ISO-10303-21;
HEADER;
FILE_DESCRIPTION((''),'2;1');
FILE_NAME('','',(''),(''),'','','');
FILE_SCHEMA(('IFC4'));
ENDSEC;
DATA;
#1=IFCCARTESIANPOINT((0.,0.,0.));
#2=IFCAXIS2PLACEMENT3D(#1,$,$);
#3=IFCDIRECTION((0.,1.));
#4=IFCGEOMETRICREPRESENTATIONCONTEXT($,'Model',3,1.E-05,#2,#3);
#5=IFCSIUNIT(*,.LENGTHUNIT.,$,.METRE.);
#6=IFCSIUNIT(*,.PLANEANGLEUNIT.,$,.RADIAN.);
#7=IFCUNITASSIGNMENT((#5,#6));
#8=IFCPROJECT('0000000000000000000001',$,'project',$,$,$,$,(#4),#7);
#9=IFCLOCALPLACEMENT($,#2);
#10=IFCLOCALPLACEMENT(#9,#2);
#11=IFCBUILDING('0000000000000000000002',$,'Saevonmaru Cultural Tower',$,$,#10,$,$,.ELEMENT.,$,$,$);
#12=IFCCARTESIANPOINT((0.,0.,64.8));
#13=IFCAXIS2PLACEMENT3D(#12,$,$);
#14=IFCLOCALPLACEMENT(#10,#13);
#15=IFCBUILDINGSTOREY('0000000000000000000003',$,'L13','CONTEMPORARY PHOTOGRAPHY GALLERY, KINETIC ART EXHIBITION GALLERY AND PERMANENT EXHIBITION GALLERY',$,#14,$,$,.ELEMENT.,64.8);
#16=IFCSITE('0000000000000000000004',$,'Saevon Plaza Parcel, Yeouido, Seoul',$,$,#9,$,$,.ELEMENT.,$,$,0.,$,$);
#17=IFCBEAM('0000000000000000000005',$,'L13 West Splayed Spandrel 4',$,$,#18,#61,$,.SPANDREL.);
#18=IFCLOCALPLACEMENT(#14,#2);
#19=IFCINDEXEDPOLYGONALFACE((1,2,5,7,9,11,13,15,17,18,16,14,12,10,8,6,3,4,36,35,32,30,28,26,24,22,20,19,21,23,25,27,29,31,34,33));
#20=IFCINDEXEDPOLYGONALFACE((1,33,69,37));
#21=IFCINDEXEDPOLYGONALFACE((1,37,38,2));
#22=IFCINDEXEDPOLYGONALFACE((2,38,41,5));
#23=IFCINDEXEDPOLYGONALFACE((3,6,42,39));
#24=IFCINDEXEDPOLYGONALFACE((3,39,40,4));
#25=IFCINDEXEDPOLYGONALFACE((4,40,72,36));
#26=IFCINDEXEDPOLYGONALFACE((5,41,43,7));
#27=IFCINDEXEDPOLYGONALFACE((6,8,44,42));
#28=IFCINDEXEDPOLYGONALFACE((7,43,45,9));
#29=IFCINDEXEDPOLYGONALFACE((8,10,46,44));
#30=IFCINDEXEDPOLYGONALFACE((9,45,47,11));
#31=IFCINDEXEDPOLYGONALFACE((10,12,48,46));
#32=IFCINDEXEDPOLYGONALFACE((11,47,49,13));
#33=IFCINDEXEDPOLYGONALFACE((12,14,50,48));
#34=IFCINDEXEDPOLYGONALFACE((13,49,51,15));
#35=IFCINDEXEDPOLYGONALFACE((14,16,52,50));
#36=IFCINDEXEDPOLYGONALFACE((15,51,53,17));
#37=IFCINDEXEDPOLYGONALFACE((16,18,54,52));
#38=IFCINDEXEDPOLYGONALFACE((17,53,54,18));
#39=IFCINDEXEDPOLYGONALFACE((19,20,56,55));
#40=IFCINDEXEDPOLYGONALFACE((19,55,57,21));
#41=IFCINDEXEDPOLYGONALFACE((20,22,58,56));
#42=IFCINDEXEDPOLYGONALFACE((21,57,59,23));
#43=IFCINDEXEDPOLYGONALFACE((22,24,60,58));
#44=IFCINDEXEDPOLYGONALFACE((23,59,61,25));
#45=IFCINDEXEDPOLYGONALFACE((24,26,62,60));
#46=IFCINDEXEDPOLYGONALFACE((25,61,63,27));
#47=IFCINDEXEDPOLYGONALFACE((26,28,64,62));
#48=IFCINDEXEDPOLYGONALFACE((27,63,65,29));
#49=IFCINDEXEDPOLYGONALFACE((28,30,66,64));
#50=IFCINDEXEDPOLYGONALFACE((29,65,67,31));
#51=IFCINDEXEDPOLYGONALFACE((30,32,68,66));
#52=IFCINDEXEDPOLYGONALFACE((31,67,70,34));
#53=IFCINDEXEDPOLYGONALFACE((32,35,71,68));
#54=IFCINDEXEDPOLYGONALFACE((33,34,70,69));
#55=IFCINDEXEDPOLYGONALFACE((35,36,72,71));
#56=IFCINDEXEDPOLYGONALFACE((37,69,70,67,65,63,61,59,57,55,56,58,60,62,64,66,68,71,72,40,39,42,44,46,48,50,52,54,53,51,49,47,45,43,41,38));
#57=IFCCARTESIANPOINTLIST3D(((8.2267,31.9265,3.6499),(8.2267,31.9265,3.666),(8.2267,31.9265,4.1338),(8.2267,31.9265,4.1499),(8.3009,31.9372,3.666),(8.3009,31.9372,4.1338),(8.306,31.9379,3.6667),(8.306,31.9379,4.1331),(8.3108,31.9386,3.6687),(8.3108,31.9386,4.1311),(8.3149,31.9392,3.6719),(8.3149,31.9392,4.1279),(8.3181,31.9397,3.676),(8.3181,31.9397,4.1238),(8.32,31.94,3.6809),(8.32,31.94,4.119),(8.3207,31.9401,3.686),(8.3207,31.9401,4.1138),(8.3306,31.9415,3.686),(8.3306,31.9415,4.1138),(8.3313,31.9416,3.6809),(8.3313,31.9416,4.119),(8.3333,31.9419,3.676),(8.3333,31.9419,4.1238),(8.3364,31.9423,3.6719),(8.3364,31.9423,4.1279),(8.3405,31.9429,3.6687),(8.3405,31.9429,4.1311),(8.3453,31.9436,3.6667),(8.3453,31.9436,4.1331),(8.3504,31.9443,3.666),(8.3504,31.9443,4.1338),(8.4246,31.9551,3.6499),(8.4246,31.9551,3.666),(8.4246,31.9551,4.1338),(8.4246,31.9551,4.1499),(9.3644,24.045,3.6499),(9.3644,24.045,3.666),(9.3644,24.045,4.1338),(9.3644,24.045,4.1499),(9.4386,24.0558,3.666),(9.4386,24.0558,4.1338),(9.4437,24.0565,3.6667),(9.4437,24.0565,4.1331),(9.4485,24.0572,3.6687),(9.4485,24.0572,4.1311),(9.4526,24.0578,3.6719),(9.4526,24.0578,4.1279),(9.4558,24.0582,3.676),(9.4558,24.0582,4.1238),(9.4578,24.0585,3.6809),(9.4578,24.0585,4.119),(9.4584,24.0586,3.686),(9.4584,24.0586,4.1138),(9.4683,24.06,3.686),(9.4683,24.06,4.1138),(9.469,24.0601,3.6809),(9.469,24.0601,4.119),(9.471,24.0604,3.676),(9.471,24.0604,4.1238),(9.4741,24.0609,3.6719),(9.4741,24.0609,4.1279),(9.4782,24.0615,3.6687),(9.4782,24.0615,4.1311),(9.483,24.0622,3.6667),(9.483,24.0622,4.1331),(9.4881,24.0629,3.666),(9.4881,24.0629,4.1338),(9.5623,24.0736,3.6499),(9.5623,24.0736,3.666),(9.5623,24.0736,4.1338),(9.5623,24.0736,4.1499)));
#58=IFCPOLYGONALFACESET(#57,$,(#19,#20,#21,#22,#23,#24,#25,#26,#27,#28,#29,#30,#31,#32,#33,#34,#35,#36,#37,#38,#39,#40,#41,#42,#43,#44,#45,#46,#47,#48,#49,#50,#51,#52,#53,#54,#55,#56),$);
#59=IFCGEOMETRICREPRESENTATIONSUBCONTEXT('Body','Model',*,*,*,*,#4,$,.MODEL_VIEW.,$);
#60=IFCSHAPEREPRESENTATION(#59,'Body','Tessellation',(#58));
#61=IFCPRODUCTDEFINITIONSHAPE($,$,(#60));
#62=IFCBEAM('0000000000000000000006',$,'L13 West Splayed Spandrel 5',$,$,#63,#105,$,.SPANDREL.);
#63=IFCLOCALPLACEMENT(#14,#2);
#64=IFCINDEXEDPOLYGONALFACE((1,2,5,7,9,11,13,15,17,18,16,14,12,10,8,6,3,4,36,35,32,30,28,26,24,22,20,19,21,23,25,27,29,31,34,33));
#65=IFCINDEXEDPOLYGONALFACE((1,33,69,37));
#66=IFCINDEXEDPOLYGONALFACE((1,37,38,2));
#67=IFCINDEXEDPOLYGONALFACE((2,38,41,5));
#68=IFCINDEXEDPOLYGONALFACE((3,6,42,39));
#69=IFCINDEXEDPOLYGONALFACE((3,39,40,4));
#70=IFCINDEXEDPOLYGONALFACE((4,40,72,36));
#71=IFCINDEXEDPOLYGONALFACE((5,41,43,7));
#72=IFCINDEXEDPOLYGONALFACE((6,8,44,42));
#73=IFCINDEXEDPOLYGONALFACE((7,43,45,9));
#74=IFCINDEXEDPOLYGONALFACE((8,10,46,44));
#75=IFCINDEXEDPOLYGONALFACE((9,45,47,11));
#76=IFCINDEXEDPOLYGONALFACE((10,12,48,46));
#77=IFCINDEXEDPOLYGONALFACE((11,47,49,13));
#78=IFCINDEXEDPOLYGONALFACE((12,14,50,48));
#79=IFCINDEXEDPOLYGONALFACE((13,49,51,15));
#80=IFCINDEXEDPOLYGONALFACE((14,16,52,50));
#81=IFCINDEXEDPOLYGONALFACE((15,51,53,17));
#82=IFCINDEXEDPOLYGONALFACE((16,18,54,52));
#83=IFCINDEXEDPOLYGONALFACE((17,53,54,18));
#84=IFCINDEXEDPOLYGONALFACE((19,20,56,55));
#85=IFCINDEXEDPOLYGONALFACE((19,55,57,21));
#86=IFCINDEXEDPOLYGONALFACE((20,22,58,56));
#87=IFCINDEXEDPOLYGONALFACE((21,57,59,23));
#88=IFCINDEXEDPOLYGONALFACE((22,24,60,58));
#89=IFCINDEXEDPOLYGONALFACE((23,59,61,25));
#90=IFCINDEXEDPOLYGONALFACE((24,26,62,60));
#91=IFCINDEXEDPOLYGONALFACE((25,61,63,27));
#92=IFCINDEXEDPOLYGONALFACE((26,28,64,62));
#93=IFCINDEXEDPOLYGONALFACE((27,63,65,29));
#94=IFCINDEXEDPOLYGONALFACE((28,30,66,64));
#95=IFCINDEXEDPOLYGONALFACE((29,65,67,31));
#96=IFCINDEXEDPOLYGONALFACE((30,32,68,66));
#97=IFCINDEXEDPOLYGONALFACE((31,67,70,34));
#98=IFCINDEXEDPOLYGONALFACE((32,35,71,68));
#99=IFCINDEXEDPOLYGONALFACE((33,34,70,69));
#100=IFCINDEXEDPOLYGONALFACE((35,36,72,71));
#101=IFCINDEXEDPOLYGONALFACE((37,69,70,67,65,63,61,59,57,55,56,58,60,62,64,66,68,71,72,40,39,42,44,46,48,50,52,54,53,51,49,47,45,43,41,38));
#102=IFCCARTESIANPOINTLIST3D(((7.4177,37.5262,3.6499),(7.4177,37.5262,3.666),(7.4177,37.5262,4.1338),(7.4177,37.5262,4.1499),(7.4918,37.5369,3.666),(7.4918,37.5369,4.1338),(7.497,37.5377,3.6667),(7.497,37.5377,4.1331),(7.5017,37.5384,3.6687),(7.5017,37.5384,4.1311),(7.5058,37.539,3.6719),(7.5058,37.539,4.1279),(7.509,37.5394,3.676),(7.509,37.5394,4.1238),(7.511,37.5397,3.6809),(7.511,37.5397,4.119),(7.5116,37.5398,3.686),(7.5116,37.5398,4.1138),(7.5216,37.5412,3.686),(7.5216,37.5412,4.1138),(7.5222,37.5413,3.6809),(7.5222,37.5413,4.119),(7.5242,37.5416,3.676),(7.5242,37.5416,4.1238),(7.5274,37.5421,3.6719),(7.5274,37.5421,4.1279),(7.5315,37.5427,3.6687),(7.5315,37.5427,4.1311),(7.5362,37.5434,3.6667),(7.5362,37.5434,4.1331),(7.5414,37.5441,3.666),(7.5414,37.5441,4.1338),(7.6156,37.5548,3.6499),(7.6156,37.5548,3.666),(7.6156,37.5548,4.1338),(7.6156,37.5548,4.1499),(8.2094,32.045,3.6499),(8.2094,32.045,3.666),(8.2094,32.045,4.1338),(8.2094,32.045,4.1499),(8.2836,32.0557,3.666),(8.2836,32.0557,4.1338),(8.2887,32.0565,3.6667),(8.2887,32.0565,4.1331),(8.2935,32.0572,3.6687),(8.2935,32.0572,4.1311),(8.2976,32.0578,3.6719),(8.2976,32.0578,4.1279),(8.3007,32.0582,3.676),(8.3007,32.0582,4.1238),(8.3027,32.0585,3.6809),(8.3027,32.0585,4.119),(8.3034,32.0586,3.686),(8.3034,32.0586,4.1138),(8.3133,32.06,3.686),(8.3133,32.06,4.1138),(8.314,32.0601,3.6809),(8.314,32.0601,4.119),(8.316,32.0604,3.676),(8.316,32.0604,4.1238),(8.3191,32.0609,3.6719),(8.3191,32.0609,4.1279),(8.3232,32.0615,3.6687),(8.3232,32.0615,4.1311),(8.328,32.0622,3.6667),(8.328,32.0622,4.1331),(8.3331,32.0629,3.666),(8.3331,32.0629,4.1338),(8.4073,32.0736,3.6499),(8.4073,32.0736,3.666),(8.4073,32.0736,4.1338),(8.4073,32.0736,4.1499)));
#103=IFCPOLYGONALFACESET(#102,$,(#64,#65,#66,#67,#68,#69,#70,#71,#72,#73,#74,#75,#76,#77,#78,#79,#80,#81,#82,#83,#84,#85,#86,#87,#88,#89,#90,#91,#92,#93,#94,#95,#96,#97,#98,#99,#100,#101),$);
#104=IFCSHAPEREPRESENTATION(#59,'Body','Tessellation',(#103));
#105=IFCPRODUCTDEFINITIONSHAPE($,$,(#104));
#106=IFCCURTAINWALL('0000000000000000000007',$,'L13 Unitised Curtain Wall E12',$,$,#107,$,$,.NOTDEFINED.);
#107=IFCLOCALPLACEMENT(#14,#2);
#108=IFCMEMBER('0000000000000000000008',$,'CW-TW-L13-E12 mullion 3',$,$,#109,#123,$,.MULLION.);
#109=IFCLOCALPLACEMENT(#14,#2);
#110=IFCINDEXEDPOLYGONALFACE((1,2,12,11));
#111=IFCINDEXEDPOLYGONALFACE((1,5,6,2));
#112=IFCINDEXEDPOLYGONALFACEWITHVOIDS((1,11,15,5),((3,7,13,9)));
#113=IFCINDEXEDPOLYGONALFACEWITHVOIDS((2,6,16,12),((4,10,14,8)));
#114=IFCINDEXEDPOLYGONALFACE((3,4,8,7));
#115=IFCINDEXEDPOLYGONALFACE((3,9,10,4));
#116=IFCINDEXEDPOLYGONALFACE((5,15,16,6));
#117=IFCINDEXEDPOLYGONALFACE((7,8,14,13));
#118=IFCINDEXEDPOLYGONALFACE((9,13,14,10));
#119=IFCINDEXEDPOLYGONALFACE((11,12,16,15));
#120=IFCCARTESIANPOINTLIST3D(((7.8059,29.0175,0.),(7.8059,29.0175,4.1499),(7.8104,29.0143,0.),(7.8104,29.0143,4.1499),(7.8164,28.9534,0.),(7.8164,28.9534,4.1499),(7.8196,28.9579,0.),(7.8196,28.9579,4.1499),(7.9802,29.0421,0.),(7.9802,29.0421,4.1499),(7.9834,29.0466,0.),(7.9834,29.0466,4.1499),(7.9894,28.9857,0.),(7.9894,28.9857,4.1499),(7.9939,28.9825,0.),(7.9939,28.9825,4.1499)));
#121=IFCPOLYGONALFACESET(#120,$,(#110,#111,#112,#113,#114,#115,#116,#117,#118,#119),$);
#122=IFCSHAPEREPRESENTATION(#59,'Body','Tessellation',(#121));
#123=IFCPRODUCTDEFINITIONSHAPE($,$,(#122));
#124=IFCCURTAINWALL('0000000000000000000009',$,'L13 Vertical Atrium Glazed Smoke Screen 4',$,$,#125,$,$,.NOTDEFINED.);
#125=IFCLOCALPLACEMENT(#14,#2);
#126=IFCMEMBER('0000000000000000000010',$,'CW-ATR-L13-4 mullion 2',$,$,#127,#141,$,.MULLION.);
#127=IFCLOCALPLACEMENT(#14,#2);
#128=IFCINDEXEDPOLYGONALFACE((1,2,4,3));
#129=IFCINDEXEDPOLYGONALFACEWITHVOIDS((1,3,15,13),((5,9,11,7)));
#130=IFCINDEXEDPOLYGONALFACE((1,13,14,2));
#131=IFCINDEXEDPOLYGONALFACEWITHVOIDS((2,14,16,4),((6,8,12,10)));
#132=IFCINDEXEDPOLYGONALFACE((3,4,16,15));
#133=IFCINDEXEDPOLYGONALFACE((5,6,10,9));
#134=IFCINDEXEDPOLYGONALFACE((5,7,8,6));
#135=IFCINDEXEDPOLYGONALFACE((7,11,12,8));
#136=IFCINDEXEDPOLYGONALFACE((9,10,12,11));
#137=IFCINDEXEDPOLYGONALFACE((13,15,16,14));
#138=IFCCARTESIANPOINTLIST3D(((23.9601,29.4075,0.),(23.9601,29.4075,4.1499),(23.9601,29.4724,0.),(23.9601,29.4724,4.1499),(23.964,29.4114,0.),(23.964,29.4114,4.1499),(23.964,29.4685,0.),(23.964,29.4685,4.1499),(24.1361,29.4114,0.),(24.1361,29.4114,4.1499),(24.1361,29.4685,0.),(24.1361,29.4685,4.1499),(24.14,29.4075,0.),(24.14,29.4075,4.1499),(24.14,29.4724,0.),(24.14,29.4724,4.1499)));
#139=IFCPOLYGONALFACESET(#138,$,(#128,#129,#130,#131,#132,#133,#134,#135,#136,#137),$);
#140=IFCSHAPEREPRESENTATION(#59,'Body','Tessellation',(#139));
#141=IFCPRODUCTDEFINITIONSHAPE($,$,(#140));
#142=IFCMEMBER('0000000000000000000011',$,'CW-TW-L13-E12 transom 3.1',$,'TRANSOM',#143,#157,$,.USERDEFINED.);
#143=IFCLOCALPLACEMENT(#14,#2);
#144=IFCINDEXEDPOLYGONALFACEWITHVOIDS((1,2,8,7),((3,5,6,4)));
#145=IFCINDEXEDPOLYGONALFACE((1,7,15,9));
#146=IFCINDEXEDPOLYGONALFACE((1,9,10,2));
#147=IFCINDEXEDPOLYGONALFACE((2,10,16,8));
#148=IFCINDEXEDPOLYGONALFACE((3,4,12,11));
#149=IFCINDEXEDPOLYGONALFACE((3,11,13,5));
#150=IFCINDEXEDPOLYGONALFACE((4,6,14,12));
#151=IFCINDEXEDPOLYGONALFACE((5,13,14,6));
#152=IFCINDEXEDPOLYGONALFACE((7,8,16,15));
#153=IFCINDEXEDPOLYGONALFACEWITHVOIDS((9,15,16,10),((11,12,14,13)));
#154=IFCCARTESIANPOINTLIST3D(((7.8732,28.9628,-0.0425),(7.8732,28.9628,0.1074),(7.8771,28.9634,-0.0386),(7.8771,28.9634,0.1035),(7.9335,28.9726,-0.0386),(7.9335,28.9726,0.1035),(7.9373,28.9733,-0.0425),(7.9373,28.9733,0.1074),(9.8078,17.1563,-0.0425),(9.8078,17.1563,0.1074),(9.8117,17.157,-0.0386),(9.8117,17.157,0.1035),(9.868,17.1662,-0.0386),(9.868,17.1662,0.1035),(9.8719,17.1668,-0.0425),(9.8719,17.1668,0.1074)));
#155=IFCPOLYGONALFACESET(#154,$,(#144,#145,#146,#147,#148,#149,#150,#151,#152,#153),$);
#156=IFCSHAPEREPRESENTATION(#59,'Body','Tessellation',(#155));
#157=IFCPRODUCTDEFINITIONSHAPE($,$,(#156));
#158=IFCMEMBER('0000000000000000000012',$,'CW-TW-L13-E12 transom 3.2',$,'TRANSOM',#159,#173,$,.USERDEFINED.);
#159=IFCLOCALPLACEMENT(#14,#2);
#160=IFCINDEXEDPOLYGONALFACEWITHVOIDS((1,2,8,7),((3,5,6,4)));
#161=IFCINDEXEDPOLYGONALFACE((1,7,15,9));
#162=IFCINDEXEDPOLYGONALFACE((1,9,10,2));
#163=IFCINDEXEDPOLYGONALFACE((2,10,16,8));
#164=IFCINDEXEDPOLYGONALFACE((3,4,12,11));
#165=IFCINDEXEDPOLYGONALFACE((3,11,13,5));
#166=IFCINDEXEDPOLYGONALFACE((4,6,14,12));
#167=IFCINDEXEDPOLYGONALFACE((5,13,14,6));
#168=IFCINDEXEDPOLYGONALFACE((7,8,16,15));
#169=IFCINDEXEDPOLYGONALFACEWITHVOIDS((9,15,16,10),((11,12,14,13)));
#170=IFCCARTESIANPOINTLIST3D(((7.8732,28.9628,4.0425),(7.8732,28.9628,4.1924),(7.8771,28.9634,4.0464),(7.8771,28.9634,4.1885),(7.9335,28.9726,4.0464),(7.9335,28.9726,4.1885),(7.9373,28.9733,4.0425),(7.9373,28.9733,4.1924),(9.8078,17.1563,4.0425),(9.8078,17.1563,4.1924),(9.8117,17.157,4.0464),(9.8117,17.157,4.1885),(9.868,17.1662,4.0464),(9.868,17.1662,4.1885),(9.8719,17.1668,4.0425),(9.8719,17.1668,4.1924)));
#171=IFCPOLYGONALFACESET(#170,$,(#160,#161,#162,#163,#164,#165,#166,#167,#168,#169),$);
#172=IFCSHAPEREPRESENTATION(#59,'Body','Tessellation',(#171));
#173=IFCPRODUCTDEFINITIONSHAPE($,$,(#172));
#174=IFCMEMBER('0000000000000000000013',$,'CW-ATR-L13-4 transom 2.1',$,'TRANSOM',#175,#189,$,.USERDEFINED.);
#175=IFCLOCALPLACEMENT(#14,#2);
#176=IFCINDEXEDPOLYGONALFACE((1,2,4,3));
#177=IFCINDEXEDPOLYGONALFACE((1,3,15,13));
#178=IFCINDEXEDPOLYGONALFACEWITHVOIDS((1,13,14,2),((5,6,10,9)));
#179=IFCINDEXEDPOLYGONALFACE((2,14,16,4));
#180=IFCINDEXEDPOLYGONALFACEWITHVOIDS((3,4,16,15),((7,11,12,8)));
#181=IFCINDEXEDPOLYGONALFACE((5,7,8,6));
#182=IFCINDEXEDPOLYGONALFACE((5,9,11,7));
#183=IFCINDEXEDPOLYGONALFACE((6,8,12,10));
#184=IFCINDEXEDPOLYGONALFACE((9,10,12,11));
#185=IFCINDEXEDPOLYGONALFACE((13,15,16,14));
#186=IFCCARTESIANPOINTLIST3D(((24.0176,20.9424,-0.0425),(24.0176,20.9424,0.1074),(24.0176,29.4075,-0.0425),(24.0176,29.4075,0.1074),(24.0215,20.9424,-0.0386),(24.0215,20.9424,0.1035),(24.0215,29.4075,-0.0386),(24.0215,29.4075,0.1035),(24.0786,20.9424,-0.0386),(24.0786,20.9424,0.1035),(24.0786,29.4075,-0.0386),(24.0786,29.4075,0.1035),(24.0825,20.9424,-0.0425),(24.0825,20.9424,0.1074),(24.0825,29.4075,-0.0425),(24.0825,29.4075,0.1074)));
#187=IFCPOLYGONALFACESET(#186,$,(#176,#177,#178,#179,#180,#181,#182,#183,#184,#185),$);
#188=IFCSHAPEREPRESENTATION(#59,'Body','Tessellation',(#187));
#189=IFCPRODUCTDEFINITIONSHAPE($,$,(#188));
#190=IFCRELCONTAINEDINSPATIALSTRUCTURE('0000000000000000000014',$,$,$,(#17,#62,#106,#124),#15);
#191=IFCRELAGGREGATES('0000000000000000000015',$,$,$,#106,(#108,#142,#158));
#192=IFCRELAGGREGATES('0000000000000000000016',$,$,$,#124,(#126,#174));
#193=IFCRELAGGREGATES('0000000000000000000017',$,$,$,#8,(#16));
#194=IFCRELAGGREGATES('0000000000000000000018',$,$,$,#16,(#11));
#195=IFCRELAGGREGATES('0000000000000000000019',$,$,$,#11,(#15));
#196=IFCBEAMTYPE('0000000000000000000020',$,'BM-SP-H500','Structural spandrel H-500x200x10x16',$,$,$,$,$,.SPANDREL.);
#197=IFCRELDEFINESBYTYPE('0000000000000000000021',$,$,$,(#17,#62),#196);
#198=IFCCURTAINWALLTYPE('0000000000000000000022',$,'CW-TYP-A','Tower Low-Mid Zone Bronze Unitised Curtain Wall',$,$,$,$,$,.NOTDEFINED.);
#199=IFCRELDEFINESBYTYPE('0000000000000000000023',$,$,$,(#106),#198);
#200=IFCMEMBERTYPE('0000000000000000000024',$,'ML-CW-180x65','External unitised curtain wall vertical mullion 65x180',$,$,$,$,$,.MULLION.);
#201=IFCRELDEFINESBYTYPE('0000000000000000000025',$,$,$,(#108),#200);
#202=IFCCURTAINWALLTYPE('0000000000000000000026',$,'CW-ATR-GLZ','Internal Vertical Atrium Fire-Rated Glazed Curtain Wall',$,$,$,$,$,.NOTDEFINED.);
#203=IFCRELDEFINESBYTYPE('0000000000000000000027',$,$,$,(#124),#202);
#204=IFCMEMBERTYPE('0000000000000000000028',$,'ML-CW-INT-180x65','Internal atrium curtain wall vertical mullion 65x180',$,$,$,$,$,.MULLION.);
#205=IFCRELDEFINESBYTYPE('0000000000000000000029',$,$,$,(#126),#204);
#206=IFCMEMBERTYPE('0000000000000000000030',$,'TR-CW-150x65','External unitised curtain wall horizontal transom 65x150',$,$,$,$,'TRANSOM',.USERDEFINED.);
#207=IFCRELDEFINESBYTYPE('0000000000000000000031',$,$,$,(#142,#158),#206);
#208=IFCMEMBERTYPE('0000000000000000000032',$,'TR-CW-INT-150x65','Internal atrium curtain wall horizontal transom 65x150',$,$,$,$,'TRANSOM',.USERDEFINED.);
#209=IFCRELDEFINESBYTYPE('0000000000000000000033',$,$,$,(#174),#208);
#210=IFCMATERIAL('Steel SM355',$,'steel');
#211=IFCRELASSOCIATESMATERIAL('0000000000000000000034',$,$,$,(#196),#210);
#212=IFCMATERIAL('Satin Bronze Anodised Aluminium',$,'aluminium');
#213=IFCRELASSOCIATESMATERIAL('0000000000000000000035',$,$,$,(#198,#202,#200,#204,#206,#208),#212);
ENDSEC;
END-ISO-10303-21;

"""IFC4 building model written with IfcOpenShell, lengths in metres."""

from ifc_helpers import new_model, si_unit, direction, frame, origin, origin_2d, place, context, subcontext, project, spatial, hollow_rectangle, i_section, extrude, material, material_profile, profile_set, type_object, element, aggregate, save


model = new_model("IFC4")

# Units and contexts
model_context = context("Model", 3, precision=1e-05, world=origin(), true_north=direction((0.0, 1.0)))
body_context = subcontext(model_context, "Body", "Model", "MODEL_VIEW")
ifc_project = project(units=[si_unit("LENGTHUNIT", "METRE"), si_unit("PLANEANGLEUNIT", "RADIAN")], contexts=[model_context])

# Site, building, storey
site_placement = place(None, origin())
site = spatial("IfcSite", under=ifc_project, at=site_placement, Name="Saevon Plaza Parcel, Yeouido, Seoul", CompositionType="ELEMENT", RefElevation=0.0)
building_placement = place(site_placement, origin())
building = spatial("IfcBuilding", under=site, at=building_placement, Name="Saevonmaru Cultural Tower", CompositionType="ELEMENT")
storey_placement = place(building_placement, frame((0.0, 0.0, 64.8)))
storey = spatial("IfcBuildingStorey", under=building, at=storey_placement, Name="L13", Description="CONTEMPORARY PHOTOGRAPHY GALLERY, KINETIC ART EXHIBITION GALLERY AND PERMANENT EXHIBITION GALLERY", CompositionType="ELEMENT", Elevation=64.8)

# Beams
ifc_material_1 = material(Name="Steel SM355", Category="steel")
ifc_material_profile_1 = material_profile(ifc_material_1, i_section(OverallWidth=0.2, OverallDepth=0.5, WebThickness=0.01, FlangeThickness=0.0161, FilletRadius=0.02, at=origin_2d()), Name="H-500x200x10x16")
ifc_profile_set_1 = profile_set([ifc_material_profile_1], Name="Steel SM355")
beam_type_1 = type_object("IfcBeamType", Name="BM-SP-H500", Description="Structural spandrel H-500x200x10x16", PredefinedType="SPANDREL", material=ifc_profile_set_1)
beam_1_placement = place(storey_placement, frame((9.4634, 24.0593, 3.8999), z_axis=(-0.142872, 0.989741, 0.0), x_axis=(-0.989741, -0.142872, 0.0)))
element("IfcBeam", 1, at=beam_1_placement, inside=storey, type_object=beam_type_1, Name="L13 West Splayed Spandrel 4", PredefinedType="SPANDREL", context=body_context, shape_type="SweptSolid", body=[
    extrude(i_section(OverallWidth=0.2, OverallDepth=0.5, WebThickness=0.01, FlangeThickness=0.0161, FilletRadius=0.02, at=origin_2d()), origin(), (0.0, 0.0, 1.0), 7.9631),
])
beam_2_placement = place(storey_placement, frame((8.3083, 32.0593, 3.8999), z_axis=(-0.142964, 0.989728, 0.0), x_axis=(-0.989728, -0.142964, 0.0)))
element("IfcBeam", 2, at=beam_2_placement, inside=storey, type_object=beam_type_1, Name="L13 West Splayed Spandrel 5", PredefinedType="SPANDREL", context=body_context, shape_type="SweptSolid", body=[
    extrude(i_section(OverallWidth=0.2, OverallDepth=0.5, WebThickness=0.01, FlangeThickness=0.0161, FilletRadius=0.02, at=origin_2d()), origin(), (0.0, 0.0, 1.0), 5.5381),
])

# Curtain walls, members
ifc_material_2 = material(Name="Satin Bronze Anodised Aluminium", Category="aluminium")
curtain_wall_type_1 = type_object("IfcCurtainWallType", Name="CW-TYP-A", Description="Tower Low-Mid Zone Bronze Unitised Curtain Wall", PredefinedType="NOTDEFINED", material=ifc_material_2)
curtain_wall_1_placement = place(storey_placement, origin())
curtain_wall_1 = element("IfcCurtainWall", 3, at=curtain_wall_1_placement, inside=storey, type_object=curtain_wall_type_1, Name="L13 Unitised Curtain Wall E12", PredefinedType="NOTDEFINED")
ifc_material_profile_2 = material_profile(ifc_material_2, hollow_rectangle(XDim=0.0649, YDim=0.1799, WallThickness=0.0039, at=origin_2d()), Name="ALU-MULL-180x65x4")
ifc_profile_set_2 = profile_set([ifc_material_profile_2], Name="Satin Bronze Anodised Aluminium")
member_type_1 = type_object("IfcMemberType", Name="ML-CW-180x65", Description="External unitised curtain wall vertical mullion 65x180", PredefinedType="MULLION", material=ifc_profile_set_2)
member_1_placement = place(storey_placement, frame((7.8999, 29.0, 0.0), z_axis=(0.0, 0.0, 1.0), x_axis=(0.161709, -0.986839, 0.0)))
member_1 = element("IfcMember", 4, at=member_1_placement, type_object=member_type_1, Name="CW-TW-L13-E12 mullion 3", PredefinedType="MULLION", context=body_context, shape_type="SweptSolid", body=[
    extrude(hollow_rectangle(XDim=0.0649, YDim=0.1799, WallThickness=0.0039, at=origin_2d()), origin(), (0.0, 0.0, 1.0), 4.1499),
])
curtain_wall_type_2 = type_object("IfcCurtainWallType", Name="CW-ATR-GLZ", Description="Internal Vertical Atrium Fire-Rated Glazed Curtain Wall", PredefinedType="NOTDEFINED", material=ifc_material_2)
curtain_wall_2_placement = place(storey_placement, origin())
curtain_wall_2 = element("IfcCurtainWall", 5, at=curtain_wall_2_placement, inside=storey, type_object=curtain_wall_type_2, Name="L13 Vertical Atrium Glazed Smoke Screen 4", PredefinedType="NOTDEFINED")
ifc_material_profile_3 = material_profile(ifc_material_2, hollow_rectangle(XDim=0.0649, YDim=0.1799, WallThickness=0.0039, at=origin_2d()), Name="ALU-MULL-180x65x4")
ifc_profile_set_3 = profile_set([ifc_material_profile_3], Name="Satin Bronze Anodised Aluminium")
member_type_2 = type_object("IfcMemberType", Name="ML-CW-INT-180x65", Description="Internal atrium curtain wall vertical mullion 65x180", PredefinedType="MULLION", material=ifc_profile_set_3)
member_2_placement = place(storey_placement, frame((24.05, 29.4399, 0.0), z_axis=(0.0, 0.0, 1.0), x_axis=(0.0, -1.0, 0.0)))
member_2 = element("IfcMember", 6, at=member_2_placement, type_object=member_type_2, Name="CW-ATR-L13-4 mullion 2", PredefinedType="MULLION", context=body_context, shape_type="SweptSolid", body=[
    extrude(hollow_rectangle(XDim=0.0649, YDim=0.1799, WallThickness=0.0039, at=origin_2d()), origin(), (0.0, 0.0, 1.0), 4.1499),
])

# Members
ifc_material_profile_4 = material_profile(ifc_material_2, hollow_rectangle(XDim=0.0649, YDim=0.1499, WallThickness=0.0039, at=origin_2d()), Name="ALU-TRAN-150x65x4")
ifc_profile_set_4 = profile_set([ifc_material_profile_4], Name="Satin Bronze Anodised Aluminium")
member_type_3 = type_object("IfcMemberType", Name="TR-CW-150x65", Description="External unitised curtain wall horizontal transom 65x150", ElementType="TRANSOM", PredefinedType="USERDEFINED", material=ifc_profile_set_4)
member_3_placement = place(storey_placement, frame((7.9053, 28.968, 0.0325), z_axis=(0.161701, -0.98684, 0.0), x_axis=(0.98684, 0.161701, 0.0)))
member_3 = element("IfcMember", 7, at=member_3_placement, type_object=member_type_3, Name="CW-TW-L13-E12 transom 3.1", ObjectType="TRANSOM", PredefinedType="USERDEFINED", context=body_context, shape_type="SweptSolid", body=[
    extrude(hollow_rectangle(XDim=0.0649, YDim=0.1499, WallThickness=0.0039, at=origin_2d()), origin(), (0.0, 0.0, 1.0), 11.9639),
])
member_4_placement = place(storey_placement, frame((7.9053, 28.968, 4.1174), z_axis=(0.161701, -0.98684, 0.0), x_axis=(0.98684, 0.161701, 0.0)))
member_4 = element("IfcMember", 8, at=member_4_placement, type_object=member_type_3, Name="CW-TW-L13-E12 transom 3.2", ObjectType="TRANSOM", PredefinedType="USERDEFINED", context=body_context, shape_type="SweptSolid", body=[
    extrude(hollow_rectangle(XDim=0.0649, YDim=0.1499, WallThickness=0.0039, at=origin_2d()), origin(), (0.0, 0.0, 1.0), 11.9639),
])
aggregate(curtain_wall_1, [member_1, member_3, member_4])
ifc_material_profile_5 = material_profile(ifc_material_2, hollow_rectangle(XDim=0.0649, YDim=0.1499, WallThickness=0.0039, at=origin_2d()), Name="ALU-TRAN-150x65x4")
ifc_profile_set_5 = profile_set([ifc_material_profile_5], Name="Satin Bronze Anodised Aluminium")
member_type_4 = type_object("IfcMemberType", Name="TR-CW-INT-150x65", Description="Internal atrium curtain wall horizontal transom 65x150", ElementType="TRANSOM", PredefinedType="USERDEFINED", material=ifc_profile_set_5)
member_5_placement = place(storey_placement, frame((24.05, 29.4075, 0.0325), z_axis=(0.0, -1.0, 0.0), x_axis=(1.0, 0.0, 0.0)))
member_5 = element("IfcMember", 9, at=member_5_placement, type_object=member_type_4, Name="CW-ATR-L13-4 transom 2.1", ObjectType="TRANSOM", PredefinedType="USERDEFINED", context=body_context, shape_type="SweptSolid", body=[
    extrude(hollow_rectangle(XDim=0.0649, YDim=0.1499, WallThickness=0.0039, at=origin_2d()), origin(), (0.0, 0.0, 1.0), 8.4651),
])

aggregate(curtain_wall_2, [member_2, member_5])

save(model, "model.ifc")
